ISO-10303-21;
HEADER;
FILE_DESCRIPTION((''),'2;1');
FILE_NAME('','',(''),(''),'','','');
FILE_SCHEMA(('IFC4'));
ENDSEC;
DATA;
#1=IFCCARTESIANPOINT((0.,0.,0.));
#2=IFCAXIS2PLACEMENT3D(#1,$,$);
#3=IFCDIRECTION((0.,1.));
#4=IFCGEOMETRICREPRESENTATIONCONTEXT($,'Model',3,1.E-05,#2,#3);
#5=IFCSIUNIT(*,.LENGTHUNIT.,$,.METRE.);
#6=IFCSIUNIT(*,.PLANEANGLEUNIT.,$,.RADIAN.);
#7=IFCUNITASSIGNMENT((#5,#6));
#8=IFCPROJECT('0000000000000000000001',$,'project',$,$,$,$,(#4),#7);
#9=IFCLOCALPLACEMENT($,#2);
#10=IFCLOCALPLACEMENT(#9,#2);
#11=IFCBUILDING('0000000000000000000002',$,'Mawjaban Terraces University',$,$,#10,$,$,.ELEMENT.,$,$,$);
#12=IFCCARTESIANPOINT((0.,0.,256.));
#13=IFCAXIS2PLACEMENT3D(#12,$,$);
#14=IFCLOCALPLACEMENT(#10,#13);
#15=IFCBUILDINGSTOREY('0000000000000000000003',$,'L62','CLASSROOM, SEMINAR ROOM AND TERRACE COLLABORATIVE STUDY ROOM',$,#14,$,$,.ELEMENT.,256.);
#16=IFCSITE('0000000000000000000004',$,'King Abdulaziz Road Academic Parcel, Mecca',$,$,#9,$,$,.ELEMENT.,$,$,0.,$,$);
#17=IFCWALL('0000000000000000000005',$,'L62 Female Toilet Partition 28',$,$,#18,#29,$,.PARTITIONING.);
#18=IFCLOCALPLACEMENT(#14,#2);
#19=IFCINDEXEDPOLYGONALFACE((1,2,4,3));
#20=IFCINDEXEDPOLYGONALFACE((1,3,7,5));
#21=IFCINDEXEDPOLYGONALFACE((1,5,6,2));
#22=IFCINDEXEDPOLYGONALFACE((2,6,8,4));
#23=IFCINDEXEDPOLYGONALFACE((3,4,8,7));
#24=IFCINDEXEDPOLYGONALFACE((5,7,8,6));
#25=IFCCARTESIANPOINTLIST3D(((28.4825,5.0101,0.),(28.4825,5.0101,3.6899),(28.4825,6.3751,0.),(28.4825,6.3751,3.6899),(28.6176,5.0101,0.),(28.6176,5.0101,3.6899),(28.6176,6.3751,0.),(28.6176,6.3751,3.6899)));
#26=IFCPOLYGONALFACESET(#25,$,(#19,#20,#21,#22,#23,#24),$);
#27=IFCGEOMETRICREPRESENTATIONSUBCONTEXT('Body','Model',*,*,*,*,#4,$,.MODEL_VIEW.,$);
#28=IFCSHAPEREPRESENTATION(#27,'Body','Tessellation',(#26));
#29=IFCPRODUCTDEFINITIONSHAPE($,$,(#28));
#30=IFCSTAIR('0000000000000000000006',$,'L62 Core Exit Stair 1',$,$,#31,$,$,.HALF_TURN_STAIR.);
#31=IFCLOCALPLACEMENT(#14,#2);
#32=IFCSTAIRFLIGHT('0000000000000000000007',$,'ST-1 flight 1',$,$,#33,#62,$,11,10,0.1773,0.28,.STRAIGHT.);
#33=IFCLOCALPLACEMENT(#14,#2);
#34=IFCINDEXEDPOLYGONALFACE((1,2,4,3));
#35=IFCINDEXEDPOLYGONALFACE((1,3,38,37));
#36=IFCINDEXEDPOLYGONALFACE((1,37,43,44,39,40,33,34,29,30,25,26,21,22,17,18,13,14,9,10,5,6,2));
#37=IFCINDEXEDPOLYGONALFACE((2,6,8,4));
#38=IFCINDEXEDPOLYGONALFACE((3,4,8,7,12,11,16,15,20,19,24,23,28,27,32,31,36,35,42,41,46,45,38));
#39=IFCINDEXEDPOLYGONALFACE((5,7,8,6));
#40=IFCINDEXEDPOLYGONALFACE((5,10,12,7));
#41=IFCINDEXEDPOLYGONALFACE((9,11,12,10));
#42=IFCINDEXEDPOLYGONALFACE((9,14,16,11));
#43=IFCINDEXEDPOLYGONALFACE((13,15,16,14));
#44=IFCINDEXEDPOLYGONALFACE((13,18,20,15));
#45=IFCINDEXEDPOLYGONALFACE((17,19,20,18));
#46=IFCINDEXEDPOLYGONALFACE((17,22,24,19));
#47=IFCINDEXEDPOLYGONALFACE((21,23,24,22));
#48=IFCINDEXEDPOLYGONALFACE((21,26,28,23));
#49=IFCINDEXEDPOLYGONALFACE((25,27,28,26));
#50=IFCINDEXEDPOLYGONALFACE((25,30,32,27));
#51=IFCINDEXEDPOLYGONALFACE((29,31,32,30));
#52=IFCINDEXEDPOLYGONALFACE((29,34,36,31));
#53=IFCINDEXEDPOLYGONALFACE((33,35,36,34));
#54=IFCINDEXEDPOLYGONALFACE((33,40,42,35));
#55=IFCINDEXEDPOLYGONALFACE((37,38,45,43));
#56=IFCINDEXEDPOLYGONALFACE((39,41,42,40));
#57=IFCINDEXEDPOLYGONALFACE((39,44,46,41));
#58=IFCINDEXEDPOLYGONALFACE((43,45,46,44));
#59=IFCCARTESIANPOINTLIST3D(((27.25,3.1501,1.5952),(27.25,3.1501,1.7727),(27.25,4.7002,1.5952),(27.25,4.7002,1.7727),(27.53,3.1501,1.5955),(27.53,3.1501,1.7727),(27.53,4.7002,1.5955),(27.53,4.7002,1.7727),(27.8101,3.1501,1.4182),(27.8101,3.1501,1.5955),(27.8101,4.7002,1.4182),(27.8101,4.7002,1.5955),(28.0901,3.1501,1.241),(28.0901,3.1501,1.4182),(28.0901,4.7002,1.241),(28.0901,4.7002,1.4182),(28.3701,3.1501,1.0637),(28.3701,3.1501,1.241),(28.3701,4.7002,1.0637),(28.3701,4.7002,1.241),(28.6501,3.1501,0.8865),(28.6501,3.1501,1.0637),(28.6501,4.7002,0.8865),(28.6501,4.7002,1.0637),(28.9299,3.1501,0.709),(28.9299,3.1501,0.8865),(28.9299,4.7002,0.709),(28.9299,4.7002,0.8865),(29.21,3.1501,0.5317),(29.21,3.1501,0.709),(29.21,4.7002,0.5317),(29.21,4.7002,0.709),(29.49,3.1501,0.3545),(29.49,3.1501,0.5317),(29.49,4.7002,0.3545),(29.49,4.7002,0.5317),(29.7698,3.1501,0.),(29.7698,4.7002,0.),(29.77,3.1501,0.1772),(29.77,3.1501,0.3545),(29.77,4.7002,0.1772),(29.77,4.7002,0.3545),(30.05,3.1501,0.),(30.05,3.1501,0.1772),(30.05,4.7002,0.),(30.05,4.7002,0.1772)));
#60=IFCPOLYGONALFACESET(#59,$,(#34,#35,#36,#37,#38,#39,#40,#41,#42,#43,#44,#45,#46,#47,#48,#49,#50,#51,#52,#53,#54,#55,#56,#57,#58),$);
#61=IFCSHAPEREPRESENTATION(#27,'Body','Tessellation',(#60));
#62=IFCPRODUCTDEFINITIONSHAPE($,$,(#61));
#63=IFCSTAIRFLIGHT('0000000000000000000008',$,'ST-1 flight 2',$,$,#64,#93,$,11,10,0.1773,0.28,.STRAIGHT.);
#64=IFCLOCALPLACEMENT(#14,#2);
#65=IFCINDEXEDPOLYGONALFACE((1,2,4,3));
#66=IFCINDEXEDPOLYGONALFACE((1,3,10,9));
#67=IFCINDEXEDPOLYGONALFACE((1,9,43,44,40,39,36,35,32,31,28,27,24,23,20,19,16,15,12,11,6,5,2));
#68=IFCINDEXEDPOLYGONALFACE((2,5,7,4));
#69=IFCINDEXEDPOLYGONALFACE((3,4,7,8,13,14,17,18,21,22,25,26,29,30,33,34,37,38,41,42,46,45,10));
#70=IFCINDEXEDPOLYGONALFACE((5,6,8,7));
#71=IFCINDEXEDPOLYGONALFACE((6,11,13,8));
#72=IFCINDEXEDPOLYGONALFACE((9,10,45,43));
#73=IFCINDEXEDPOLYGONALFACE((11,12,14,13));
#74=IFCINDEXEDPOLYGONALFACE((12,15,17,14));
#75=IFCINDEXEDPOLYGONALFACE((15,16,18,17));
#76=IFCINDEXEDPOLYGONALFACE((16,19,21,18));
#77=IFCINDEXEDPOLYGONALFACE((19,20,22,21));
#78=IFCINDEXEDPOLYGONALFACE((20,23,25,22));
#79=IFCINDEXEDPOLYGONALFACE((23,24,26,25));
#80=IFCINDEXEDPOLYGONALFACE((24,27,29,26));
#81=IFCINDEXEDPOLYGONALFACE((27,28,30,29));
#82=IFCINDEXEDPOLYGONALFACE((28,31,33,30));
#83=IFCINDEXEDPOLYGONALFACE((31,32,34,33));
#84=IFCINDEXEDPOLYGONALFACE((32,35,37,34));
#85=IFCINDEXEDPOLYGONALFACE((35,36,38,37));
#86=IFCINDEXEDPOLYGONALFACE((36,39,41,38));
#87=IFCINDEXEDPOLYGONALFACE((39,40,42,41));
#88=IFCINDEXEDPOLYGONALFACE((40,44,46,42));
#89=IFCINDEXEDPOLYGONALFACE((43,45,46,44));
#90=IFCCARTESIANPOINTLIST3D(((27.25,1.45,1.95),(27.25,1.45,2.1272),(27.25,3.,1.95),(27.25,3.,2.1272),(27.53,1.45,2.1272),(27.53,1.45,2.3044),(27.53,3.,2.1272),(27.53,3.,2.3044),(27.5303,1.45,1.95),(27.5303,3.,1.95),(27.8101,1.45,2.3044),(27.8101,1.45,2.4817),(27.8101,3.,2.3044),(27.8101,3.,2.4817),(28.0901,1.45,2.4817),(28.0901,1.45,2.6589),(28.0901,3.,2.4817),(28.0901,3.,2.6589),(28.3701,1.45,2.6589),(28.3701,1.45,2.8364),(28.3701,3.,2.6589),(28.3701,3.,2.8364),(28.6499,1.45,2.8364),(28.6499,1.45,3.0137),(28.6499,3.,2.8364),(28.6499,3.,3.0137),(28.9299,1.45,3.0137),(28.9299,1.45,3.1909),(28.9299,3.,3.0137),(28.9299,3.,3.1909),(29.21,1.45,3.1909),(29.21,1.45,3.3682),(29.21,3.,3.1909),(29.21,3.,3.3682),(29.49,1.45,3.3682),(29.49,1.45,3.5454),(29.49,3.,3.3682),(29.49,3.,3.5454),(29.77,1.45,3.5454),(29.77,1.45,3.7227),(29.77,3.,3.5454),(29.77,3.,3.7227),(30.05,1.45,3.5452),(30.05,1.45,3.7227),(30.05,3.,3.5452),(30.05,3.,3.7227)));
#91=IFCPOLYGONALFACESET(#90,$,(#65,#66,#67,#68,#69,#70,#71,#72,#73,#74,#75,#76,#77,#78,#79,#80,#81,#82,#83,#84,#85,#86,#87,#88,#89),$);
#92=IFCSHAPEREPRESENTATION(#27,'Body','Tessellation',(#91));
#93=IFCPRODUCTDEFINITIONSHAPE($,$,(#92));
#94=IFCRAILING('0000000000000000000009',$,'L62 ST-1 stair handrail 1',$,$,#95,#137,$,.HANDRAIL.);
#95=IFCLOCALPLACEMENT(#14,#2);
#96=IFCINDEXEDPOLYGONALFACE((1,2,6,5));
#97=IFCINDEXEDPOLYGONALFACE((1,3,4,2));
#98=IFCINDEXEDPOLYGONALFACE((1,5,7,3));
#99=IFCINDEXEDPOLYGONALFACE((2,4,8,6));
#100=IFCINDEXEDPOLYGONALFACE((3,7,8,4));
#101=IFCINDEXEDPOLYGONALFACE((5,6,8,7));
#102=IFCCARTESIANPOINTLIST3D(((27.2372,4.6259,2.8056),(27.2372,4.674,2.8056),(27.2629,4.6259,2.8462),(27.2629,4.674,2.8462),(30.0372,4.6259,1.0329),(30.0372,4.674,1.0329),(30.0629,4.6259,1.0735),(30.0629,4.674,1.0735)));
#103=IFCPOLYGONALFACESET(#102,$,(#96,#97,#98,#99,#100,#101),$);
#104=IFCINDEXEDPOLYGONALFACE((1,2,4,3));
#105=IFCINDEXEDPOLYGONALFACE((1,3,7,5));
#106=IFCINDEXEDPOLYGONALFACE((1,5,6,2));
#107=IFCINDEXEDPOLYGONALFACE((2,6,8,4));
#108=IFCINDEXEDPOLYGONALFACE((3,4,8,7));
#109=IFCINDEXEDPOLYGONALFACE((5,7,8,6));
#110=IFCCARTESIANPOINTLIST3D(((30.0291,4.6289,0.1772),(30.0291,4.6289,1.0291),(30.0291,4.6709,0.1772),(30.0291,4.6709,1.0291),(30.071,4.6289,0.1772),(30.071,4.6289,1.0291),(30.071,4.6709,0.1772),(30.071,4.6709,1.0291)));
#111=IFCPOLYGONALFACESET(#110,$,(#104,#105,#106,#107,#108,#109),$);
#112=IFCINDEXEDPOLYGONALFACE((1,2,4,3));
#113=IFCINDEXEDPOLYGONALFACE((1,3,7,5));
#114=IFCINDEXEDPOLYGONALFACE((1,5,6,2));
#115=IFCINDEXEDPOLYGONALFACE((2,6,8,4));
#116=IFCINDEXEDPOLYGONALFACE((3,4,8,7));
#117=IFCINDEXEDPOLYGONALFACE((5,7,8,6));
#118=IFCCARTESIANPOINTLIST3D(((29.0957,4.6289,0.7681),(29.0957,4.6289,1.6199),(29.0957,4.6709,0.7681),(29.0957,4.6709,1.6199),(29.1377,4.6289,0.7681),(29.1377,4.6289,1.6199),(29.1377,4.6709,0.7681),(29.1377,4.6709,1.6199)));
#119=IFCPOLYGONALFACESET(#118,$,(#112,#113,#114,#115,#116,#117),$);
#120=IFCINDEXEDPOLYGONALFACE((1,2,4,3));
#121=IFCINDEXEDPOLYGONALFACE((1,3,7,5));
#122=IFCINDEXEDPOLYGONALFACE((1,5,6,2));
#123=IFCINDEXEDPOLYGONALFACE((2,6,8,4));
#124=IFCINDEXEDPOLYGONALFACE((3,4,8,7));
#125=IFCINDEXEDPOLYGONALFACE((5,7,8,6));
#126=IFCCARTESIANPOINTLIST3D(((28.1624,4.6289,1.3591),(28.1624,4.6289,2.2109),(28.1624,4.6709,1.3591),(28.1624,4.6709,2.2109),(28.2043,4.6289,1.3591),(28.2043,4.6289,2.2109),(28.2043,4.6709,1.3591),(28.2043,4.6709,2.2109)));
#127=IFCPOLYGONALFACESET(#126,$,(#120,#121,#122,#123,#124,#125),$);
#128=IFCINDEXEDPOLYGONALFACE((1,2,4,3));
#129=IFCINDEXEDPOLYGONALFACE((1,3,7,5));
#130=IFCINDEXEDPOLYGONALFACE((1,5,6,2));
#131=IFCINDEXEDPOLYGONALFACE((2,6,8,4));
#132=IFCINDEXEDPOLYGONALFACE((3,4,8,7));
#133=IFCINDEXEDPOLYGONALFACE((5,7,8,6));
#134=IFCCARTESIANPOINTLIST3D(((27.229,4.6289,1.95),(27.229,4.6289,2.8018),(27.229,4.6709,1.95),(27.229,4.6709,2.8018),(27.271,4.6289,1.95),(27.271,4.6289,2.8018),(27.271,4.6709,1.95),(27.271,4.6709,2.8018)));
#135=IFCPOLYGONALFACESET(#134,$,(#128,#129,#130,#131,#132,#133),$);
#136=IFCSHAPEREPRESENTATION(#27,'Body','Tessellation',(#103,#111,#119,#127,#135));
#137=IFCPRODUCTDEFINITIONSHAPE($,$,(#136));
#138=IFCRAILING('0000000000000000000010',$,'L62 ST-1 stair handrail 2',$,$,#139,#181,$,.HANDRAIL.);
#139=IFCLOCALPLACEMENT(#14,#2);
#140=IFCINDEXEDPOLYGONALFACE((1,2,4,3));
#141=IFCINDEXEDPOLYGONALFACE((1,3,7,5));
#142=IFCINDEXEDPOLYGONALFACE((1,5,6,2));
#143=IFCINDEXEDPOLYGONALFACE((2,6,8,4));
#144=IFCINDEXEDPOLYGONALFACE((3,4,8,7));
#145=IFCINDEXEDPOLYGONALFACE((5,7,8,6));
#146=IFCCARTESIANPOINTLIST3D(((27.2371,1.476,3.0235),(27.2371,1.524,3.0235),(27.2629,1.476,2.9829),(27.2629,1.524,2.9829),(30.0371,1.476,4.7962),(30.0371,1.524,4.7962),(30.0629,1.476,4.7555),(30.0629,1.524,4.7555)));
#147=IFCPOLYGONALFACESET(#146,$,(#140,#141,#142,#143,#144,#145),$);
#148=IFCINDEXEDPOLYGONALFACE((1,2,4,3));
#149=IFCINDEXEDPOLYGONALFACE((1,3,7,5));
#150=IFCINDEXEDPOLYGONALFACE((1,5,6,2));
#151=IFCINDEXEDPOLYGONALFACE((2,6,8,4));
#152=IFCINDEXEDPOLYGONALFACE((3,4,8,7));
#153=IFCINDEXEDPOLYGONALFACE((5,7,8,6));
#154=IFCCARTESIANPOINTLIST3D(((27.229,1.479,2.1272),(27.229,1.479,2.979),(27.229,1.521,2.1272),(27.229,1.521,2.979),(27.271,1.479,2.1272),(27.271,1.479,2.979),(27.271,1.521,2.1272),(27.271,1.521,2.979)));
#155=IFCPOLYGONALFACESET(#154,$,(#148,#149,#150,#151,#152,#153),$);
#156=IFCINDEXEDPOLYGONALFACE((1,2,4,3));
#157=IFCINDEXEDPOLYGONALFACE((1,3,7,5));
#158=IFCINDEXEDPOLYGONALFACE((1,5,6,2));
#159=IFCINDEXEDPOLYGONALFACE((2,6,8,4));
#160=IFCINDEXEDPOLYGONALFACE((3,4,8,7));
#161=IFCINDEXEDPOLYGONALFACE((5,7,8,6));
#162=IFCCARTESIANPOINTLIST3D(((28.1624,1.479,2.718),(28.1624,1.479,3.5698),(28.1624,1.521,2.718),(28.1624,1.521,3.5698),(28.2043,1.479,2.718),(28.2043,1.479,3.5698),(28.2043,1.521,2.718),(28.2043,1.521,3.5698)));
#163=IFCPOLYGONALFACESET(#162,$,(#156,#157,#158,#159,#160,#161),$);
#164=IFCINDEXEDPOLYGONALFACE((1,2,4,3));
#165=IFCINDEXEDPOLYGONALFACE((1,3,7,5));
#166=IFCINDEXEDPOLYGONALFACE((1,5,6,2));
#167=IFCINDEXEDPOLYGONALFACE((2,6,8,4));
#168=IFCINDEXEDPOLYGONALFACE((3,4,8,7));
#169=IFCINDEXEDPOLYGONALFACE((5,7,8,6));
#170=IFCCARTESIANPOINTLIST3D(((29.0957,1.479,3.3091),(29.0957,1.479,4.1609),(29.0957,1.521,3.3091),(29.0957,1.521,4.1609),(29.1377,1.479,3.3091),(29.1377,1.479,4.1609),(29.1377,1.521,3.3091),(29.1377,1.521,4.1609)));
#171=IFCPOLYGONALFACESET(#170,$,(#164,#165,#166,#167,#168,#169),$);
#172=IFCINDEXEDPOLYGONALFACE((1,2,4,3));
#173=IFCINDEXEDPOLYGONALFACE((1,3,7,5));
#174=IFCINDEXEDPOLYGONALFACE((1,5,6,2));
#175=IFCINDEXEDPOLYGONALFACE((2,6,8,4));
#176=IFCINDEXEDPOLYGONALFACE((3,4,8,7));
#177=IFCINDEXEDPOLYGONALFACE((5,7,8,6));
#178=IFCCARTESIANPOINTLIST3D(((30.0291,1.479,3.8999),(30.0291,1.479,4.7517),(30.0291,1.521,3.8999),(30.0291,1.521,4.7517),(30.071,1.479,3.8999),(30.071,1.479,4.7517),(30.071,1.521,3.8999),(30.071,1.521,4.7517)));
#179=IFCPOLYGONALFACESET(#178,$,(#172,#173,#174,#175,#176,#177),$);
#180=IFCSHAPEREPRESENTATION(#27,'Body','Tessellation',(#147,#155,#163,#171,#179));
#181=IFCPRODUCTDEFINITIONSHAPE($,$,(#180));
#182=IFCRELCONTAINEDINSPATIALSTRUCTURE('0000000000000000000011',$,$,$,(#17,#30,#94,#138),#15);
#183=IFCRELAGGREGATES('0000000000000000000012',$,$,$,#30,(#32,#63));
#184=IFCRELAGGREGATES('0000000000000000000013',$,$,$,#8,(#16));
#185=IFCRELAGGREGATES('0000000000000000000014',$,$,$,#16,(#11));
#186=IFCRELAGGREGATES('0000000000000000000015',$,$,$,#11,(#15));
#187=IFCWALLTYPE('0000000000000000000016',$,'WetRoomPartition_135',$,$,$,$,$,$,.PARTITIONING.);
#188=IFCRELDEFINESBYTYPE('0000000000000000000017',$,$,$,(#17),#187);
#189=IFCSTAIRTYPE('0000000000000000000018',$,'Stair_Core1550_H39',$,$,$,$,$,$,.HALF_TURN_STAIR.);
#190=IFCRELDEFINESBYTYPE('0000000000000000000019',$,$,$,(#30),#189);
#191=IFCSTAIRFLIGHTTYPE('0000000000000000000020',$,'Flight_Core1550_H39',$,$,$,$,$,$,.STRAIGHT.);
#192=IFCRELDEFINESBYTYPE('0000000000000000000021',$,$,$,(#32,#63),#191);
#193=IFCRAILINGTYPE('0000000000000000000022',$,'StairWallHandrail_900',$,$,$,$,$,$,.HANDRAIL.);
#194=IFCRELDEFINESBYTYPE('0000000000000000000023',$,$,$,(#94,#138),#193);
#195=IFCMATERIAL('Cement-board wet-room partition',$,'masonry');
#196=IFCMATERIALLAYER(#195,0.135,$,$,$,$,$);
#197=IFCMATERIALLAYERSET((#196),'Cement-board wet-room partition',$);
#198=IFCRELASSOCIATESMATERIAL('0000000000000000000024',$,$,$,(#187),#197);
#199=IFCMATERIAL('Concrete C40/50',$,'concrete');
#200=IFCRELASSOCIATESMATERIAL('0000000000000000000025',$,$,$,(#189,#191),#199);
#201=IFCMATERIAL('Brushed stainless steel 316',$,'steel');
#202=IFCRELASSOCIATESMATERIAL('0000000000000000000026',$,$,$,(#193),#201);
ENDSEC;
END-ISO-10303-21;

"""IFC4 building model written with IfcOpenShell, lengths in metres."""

from ifc_helpers import new_model, si_unit, direction, frame, frame_2d, origin, origin_2d, place, context, subcontext, project, spatial, polyline, rectangle, outline, extrude, material, layer, layer_set, type_object, element, aggregate, save


model = new_model("IFC4")

# Units and contexts
model_context = context("Model", 3, precision=1e-05, world=origin(), true_north=direction((0.0, 1.0)))
body_context = subcontext(model_context, "Body", "Model", "MODEL_VIEW")
ifc_project = project(units=[si_unit("LENGTHUNIT", "METRE"), si_unit("PLANEANGLEUNIT", "RADIAN")], contexts=[model_context])

# Site, building, storey
site_placement = place(None, origin())
site = spatial("IfcSite", under=ifc_project, at=site_placement, Name="King Abdulaziz Road Academic Parcel, Mecca", CompositionType="ELEMENT", RefElevation=0.0)
building_placement = place(site_placement, origin())
building = spatial("IfcBuilding", under=site, at=building_placement, Name="Mawjaban Terraces University", CompositionType="ELEMENT")
storey_placement = place(building_placement, frame((0.0, 0.0, 256.0)))
storey = spatial("IfcBuildingStorey", under=building, at=storey_placement, Name="L62", Description="CLASSROOM, SEMINAR ROOM AND TERRACE COLLABORATIVE STUDY ROOM", CompositionType="ELEMENT", Elevation=256.0)

# Wall
ifc_material_1 = material(Name="Cement-board wet-room partition", Category="masonry")
ifc_layer_1 = layer(ifc_material_1, 0.135)
ifc_layer_set_1 = layer_set([ifc_layer_1], Name="Cement-board wet-room partition")
wall_type_1 = type_object("IfcWallType", Name="WetRoomPartition_135", PredefinedType="PARTITIONING", material=ifc_layer_set_1)
for number, where, z_axis, x_axis, name in (
    (1, (28.55, 5.01, 0.0), (0.0, 0.0, 1.0), (0.0, 1.0, 0.0), "L62 Female Toilet Partition 28"),
):
    element("IfcWall", number, at=place(storey_placement, frame(where, z_axis=z_axis, x_axis=x_axis)), inside=storey, type_object=wall_type_1, Name=name, PredefinedType="PARTITIONING", context=body_context, shape_type="SweptSolid", body=[
        extrude(rectangle(XDim=1.365, YDim=0.135, at=frame_2d((0.6826, 0.0))), origin(), (0.0, 0.0, 1.0), 3.6899),
    ])

# Stair, stair flights
ifc_material_2 = material(Name="Concrete C40/50", Category="concrete")
stair_type = type_object("IfcStairType", Name="Stair_Core1550_H39", PredefinedType="HALF_TURN_STAIR", material=ifc_material_2)
stair_placement = place(storey_placement, origin())
stair = element("IfcStair", 2, at=stair_placement, inside=storey, type_object=stair_type, Name="L62 Core Exit Stair 1", PredefinedType="HALF_TURN_STAIR")
stair_flight_type = type_object("IfcStairFlightType", Name="Flight_Core1550_H39", PredefinedType="STRAIGHT", material=ifc_material_2)
stair_flight_1_placement = place(storey_placement, frame((30.05, 3.925, 0.0), z_axis=(0.0, 0.0, 1.0), x_axis=(-1.0, 0.0, 0.0)))
stair_flight_1 = element("IfcStairFlight", 3, at=stair_flight_1_placement, type_object=stair_flight_type, Name="ST-1 flight 1", NumberOfRisers=11, NumberOfTreads=10, PredefinedType="STRAIGHT", RiserHeight=0.1773, TreadLength=0.28, context=body_context, shape_type="SweptSolid", body=[
    extrude(outline(polyline([(0.0, 0.0), (0.0, 0.1772), (0.28, 0.1772), (0.28, 0.3545), (0.5601, 0.3545), (0.5601, 0.5317), (0.8401, 0.5317), (0.8401, 0.709), (1.1201, 0.709), (1.1201, 0.8865), (1.3999, 0.8865), (1.3999, 1.0637), (1.6799, 1.0637), (1.6799, 1.241), (1.96, 1.241), (1.96, 1.4182), (2.24, 1.4182), (2.24, 1.5955), (2.52, 1.5955), (2.52, 1.7727), (2.8, 1.7727), (2.8, 1.95), (2.8, 1.5952), (0.2803, 0.0), (0.0, 0.0)])), frame((0.0, 0.7749, 0.0), z_axis=(0.0, -1.0, 0.0), x_axis=(1.0, 0.0, 0.0)), (0.0, 0.0, 1.0), 1.55),
])
stair_flight_2_placement = place(storey_placement, frame((27.25, 2.2251, 1.95), z_axis=(0.0, 0.0, 1.0), x_axis=(1.0, 0.0, 0.0)))
stair_flight_2 = element("IfcStairFlight", 4, at=stair_flight_2_placement, type_object=stair_flight_type, Name="ST-1 flight 2", NumberOfRisers=11, NumberOfTreads=10, PredefinedType="STRAIGHT", RiserHeight=0.1773, TreadLength=0.28, context=body_context, shape_type="SweptSolid", body=[
    extrude(outline(polyline([(0.0, 0.0), (0.0, 0.1772), (0.28, 0.1772), (0.28, 0.3545), (0.5601, 0.3545), (0.5601, 0.5317), (0.8401, 0.5317), (0.8401, 0.709), (1.1201, 0.709), (1.1201, 0.8865), (1.3999, 0.8865), (1.3999, 1.0637), (1.6799, 1.0637), (1.6799, 1.241), (1.96, 1.241), (1.96, 1.4182), (2.24, 1.4182), (2.24, 1.5955), (2.52, 1.5955), (2.52, 1.7727), (2.8, 1.7727), (2.8, 1.95), (2.8, 1.5952), (0.2803, 0.0), (0.0, 0.0)])), frame((0.0, 0.7749, 0.0), z_axis=(0.0, -1.0, 0.0), x_axis=(1.0, 0.0, 0.0)), (0.0, 0.0, 1.0), 1.55),
])
aggregate(stair, [stair_flight_1, stair_flight_2])

# Railings
ifc_material_3 = material(Name="Brushed stainless steel 316", Category="steel")
railing_type_1 = type_object("IfcRailingType", Name="StairWallHandrail_900", PredefinedType="HANDRAIL", material=ifc_material_3)
railing_1_placement = place(storey_placement, frame((30.05, 4.6499, 0.1772)))
element("IfcRailing", 5, at=railing_1_placement, inside=storey, type_object=railing_type_1, Name="L62 ST-1 stair handrail 1", PredefinedType="HANDRAIL", context=body_context, shape_type="SweptSolid", body=[
    extrude(rectangle(XDim=0.0481, YDim=0.0481, at=origin_2d()), frame((0.0, 0.0, 0.876), z_axis=(-0.844909, 0.0, 0.53491), x_axis=(0.0, -1.0, 0.0)), (0.0, 0.0, 1.0), 3.314),
    extrude(rectangle(XDim=0.042, YDim=0.042, at=origin_2d()), origin(), (0.0, 0.0, 1.0), 0.8518),
    extrude(rectangle(XDim=0.042, YDim=0.042, at=origin_2d()), frame((-0.9333, 0.0, 0.5908)), (0.0, 0.0, 1.0), 0.8518),
    extrude(rectangle(XDim=0.042, YDim=0.042, at=origin_2d()), frame((-1.8667, 0.0, 1.1819)), (0.0, 0.0, 1.0), 0.8518),
    extrude(rectangle(XDim=0.042, YDim=0.042, at=origin_2d()), frame((-2.8, 0.0, 1.7727)), (0.0, 0.0, 1.0), 0.8518),
])
railing_2_placement = place(storey_placement, frame((27.25, 1.5, 2.1272)))
element("IfcRailing", 6, at=railing_2_placement, inside=storey, type_object=railing_type_1, Name="L62 ST-1 stair handrail 2", PredefinedType="HANDRAIL", context=body_context, shape_type="SweptSolid", body=[
    extrude(rectangle(XDim=0.0481, YDim=0.0481, at=origin_2d()), frame((0.0, 0.0, 0.876), z_axis=(0.844909, 0.0, 0.53491), x_axis=(0.0, 1.0, 0.0)), (0.0, 0.0, 1.0), 3.314),
    extrude(rectangle(XDim=0.042, YDim=0.042, at=origin_2d()), origin(), (0.0, 0.0, 1.0), 0.8518),
    extrude(rectangle(XDim=0.042, YDim=0.042, at=origin_2d()), frame((0.9333, 0.0, 0.5908)), (0.0, 0.0, 1.0), 0.8518),
    extrude(rectangle(XDim=0.042, YDim=0.042, at=origin_2d()), frame((1.8667, 0.0, 1.1819)), (0.0, 0.0, 1.0), 0.8518),
    extrude(rectangle(XDim=0.042, YDim=0.042, at=origin_2d()), frame((2.8, 0.0, 1.7727)), (0.0, 0.0, 1.0), 0.8518),
])

save(model, "model.ifc")
